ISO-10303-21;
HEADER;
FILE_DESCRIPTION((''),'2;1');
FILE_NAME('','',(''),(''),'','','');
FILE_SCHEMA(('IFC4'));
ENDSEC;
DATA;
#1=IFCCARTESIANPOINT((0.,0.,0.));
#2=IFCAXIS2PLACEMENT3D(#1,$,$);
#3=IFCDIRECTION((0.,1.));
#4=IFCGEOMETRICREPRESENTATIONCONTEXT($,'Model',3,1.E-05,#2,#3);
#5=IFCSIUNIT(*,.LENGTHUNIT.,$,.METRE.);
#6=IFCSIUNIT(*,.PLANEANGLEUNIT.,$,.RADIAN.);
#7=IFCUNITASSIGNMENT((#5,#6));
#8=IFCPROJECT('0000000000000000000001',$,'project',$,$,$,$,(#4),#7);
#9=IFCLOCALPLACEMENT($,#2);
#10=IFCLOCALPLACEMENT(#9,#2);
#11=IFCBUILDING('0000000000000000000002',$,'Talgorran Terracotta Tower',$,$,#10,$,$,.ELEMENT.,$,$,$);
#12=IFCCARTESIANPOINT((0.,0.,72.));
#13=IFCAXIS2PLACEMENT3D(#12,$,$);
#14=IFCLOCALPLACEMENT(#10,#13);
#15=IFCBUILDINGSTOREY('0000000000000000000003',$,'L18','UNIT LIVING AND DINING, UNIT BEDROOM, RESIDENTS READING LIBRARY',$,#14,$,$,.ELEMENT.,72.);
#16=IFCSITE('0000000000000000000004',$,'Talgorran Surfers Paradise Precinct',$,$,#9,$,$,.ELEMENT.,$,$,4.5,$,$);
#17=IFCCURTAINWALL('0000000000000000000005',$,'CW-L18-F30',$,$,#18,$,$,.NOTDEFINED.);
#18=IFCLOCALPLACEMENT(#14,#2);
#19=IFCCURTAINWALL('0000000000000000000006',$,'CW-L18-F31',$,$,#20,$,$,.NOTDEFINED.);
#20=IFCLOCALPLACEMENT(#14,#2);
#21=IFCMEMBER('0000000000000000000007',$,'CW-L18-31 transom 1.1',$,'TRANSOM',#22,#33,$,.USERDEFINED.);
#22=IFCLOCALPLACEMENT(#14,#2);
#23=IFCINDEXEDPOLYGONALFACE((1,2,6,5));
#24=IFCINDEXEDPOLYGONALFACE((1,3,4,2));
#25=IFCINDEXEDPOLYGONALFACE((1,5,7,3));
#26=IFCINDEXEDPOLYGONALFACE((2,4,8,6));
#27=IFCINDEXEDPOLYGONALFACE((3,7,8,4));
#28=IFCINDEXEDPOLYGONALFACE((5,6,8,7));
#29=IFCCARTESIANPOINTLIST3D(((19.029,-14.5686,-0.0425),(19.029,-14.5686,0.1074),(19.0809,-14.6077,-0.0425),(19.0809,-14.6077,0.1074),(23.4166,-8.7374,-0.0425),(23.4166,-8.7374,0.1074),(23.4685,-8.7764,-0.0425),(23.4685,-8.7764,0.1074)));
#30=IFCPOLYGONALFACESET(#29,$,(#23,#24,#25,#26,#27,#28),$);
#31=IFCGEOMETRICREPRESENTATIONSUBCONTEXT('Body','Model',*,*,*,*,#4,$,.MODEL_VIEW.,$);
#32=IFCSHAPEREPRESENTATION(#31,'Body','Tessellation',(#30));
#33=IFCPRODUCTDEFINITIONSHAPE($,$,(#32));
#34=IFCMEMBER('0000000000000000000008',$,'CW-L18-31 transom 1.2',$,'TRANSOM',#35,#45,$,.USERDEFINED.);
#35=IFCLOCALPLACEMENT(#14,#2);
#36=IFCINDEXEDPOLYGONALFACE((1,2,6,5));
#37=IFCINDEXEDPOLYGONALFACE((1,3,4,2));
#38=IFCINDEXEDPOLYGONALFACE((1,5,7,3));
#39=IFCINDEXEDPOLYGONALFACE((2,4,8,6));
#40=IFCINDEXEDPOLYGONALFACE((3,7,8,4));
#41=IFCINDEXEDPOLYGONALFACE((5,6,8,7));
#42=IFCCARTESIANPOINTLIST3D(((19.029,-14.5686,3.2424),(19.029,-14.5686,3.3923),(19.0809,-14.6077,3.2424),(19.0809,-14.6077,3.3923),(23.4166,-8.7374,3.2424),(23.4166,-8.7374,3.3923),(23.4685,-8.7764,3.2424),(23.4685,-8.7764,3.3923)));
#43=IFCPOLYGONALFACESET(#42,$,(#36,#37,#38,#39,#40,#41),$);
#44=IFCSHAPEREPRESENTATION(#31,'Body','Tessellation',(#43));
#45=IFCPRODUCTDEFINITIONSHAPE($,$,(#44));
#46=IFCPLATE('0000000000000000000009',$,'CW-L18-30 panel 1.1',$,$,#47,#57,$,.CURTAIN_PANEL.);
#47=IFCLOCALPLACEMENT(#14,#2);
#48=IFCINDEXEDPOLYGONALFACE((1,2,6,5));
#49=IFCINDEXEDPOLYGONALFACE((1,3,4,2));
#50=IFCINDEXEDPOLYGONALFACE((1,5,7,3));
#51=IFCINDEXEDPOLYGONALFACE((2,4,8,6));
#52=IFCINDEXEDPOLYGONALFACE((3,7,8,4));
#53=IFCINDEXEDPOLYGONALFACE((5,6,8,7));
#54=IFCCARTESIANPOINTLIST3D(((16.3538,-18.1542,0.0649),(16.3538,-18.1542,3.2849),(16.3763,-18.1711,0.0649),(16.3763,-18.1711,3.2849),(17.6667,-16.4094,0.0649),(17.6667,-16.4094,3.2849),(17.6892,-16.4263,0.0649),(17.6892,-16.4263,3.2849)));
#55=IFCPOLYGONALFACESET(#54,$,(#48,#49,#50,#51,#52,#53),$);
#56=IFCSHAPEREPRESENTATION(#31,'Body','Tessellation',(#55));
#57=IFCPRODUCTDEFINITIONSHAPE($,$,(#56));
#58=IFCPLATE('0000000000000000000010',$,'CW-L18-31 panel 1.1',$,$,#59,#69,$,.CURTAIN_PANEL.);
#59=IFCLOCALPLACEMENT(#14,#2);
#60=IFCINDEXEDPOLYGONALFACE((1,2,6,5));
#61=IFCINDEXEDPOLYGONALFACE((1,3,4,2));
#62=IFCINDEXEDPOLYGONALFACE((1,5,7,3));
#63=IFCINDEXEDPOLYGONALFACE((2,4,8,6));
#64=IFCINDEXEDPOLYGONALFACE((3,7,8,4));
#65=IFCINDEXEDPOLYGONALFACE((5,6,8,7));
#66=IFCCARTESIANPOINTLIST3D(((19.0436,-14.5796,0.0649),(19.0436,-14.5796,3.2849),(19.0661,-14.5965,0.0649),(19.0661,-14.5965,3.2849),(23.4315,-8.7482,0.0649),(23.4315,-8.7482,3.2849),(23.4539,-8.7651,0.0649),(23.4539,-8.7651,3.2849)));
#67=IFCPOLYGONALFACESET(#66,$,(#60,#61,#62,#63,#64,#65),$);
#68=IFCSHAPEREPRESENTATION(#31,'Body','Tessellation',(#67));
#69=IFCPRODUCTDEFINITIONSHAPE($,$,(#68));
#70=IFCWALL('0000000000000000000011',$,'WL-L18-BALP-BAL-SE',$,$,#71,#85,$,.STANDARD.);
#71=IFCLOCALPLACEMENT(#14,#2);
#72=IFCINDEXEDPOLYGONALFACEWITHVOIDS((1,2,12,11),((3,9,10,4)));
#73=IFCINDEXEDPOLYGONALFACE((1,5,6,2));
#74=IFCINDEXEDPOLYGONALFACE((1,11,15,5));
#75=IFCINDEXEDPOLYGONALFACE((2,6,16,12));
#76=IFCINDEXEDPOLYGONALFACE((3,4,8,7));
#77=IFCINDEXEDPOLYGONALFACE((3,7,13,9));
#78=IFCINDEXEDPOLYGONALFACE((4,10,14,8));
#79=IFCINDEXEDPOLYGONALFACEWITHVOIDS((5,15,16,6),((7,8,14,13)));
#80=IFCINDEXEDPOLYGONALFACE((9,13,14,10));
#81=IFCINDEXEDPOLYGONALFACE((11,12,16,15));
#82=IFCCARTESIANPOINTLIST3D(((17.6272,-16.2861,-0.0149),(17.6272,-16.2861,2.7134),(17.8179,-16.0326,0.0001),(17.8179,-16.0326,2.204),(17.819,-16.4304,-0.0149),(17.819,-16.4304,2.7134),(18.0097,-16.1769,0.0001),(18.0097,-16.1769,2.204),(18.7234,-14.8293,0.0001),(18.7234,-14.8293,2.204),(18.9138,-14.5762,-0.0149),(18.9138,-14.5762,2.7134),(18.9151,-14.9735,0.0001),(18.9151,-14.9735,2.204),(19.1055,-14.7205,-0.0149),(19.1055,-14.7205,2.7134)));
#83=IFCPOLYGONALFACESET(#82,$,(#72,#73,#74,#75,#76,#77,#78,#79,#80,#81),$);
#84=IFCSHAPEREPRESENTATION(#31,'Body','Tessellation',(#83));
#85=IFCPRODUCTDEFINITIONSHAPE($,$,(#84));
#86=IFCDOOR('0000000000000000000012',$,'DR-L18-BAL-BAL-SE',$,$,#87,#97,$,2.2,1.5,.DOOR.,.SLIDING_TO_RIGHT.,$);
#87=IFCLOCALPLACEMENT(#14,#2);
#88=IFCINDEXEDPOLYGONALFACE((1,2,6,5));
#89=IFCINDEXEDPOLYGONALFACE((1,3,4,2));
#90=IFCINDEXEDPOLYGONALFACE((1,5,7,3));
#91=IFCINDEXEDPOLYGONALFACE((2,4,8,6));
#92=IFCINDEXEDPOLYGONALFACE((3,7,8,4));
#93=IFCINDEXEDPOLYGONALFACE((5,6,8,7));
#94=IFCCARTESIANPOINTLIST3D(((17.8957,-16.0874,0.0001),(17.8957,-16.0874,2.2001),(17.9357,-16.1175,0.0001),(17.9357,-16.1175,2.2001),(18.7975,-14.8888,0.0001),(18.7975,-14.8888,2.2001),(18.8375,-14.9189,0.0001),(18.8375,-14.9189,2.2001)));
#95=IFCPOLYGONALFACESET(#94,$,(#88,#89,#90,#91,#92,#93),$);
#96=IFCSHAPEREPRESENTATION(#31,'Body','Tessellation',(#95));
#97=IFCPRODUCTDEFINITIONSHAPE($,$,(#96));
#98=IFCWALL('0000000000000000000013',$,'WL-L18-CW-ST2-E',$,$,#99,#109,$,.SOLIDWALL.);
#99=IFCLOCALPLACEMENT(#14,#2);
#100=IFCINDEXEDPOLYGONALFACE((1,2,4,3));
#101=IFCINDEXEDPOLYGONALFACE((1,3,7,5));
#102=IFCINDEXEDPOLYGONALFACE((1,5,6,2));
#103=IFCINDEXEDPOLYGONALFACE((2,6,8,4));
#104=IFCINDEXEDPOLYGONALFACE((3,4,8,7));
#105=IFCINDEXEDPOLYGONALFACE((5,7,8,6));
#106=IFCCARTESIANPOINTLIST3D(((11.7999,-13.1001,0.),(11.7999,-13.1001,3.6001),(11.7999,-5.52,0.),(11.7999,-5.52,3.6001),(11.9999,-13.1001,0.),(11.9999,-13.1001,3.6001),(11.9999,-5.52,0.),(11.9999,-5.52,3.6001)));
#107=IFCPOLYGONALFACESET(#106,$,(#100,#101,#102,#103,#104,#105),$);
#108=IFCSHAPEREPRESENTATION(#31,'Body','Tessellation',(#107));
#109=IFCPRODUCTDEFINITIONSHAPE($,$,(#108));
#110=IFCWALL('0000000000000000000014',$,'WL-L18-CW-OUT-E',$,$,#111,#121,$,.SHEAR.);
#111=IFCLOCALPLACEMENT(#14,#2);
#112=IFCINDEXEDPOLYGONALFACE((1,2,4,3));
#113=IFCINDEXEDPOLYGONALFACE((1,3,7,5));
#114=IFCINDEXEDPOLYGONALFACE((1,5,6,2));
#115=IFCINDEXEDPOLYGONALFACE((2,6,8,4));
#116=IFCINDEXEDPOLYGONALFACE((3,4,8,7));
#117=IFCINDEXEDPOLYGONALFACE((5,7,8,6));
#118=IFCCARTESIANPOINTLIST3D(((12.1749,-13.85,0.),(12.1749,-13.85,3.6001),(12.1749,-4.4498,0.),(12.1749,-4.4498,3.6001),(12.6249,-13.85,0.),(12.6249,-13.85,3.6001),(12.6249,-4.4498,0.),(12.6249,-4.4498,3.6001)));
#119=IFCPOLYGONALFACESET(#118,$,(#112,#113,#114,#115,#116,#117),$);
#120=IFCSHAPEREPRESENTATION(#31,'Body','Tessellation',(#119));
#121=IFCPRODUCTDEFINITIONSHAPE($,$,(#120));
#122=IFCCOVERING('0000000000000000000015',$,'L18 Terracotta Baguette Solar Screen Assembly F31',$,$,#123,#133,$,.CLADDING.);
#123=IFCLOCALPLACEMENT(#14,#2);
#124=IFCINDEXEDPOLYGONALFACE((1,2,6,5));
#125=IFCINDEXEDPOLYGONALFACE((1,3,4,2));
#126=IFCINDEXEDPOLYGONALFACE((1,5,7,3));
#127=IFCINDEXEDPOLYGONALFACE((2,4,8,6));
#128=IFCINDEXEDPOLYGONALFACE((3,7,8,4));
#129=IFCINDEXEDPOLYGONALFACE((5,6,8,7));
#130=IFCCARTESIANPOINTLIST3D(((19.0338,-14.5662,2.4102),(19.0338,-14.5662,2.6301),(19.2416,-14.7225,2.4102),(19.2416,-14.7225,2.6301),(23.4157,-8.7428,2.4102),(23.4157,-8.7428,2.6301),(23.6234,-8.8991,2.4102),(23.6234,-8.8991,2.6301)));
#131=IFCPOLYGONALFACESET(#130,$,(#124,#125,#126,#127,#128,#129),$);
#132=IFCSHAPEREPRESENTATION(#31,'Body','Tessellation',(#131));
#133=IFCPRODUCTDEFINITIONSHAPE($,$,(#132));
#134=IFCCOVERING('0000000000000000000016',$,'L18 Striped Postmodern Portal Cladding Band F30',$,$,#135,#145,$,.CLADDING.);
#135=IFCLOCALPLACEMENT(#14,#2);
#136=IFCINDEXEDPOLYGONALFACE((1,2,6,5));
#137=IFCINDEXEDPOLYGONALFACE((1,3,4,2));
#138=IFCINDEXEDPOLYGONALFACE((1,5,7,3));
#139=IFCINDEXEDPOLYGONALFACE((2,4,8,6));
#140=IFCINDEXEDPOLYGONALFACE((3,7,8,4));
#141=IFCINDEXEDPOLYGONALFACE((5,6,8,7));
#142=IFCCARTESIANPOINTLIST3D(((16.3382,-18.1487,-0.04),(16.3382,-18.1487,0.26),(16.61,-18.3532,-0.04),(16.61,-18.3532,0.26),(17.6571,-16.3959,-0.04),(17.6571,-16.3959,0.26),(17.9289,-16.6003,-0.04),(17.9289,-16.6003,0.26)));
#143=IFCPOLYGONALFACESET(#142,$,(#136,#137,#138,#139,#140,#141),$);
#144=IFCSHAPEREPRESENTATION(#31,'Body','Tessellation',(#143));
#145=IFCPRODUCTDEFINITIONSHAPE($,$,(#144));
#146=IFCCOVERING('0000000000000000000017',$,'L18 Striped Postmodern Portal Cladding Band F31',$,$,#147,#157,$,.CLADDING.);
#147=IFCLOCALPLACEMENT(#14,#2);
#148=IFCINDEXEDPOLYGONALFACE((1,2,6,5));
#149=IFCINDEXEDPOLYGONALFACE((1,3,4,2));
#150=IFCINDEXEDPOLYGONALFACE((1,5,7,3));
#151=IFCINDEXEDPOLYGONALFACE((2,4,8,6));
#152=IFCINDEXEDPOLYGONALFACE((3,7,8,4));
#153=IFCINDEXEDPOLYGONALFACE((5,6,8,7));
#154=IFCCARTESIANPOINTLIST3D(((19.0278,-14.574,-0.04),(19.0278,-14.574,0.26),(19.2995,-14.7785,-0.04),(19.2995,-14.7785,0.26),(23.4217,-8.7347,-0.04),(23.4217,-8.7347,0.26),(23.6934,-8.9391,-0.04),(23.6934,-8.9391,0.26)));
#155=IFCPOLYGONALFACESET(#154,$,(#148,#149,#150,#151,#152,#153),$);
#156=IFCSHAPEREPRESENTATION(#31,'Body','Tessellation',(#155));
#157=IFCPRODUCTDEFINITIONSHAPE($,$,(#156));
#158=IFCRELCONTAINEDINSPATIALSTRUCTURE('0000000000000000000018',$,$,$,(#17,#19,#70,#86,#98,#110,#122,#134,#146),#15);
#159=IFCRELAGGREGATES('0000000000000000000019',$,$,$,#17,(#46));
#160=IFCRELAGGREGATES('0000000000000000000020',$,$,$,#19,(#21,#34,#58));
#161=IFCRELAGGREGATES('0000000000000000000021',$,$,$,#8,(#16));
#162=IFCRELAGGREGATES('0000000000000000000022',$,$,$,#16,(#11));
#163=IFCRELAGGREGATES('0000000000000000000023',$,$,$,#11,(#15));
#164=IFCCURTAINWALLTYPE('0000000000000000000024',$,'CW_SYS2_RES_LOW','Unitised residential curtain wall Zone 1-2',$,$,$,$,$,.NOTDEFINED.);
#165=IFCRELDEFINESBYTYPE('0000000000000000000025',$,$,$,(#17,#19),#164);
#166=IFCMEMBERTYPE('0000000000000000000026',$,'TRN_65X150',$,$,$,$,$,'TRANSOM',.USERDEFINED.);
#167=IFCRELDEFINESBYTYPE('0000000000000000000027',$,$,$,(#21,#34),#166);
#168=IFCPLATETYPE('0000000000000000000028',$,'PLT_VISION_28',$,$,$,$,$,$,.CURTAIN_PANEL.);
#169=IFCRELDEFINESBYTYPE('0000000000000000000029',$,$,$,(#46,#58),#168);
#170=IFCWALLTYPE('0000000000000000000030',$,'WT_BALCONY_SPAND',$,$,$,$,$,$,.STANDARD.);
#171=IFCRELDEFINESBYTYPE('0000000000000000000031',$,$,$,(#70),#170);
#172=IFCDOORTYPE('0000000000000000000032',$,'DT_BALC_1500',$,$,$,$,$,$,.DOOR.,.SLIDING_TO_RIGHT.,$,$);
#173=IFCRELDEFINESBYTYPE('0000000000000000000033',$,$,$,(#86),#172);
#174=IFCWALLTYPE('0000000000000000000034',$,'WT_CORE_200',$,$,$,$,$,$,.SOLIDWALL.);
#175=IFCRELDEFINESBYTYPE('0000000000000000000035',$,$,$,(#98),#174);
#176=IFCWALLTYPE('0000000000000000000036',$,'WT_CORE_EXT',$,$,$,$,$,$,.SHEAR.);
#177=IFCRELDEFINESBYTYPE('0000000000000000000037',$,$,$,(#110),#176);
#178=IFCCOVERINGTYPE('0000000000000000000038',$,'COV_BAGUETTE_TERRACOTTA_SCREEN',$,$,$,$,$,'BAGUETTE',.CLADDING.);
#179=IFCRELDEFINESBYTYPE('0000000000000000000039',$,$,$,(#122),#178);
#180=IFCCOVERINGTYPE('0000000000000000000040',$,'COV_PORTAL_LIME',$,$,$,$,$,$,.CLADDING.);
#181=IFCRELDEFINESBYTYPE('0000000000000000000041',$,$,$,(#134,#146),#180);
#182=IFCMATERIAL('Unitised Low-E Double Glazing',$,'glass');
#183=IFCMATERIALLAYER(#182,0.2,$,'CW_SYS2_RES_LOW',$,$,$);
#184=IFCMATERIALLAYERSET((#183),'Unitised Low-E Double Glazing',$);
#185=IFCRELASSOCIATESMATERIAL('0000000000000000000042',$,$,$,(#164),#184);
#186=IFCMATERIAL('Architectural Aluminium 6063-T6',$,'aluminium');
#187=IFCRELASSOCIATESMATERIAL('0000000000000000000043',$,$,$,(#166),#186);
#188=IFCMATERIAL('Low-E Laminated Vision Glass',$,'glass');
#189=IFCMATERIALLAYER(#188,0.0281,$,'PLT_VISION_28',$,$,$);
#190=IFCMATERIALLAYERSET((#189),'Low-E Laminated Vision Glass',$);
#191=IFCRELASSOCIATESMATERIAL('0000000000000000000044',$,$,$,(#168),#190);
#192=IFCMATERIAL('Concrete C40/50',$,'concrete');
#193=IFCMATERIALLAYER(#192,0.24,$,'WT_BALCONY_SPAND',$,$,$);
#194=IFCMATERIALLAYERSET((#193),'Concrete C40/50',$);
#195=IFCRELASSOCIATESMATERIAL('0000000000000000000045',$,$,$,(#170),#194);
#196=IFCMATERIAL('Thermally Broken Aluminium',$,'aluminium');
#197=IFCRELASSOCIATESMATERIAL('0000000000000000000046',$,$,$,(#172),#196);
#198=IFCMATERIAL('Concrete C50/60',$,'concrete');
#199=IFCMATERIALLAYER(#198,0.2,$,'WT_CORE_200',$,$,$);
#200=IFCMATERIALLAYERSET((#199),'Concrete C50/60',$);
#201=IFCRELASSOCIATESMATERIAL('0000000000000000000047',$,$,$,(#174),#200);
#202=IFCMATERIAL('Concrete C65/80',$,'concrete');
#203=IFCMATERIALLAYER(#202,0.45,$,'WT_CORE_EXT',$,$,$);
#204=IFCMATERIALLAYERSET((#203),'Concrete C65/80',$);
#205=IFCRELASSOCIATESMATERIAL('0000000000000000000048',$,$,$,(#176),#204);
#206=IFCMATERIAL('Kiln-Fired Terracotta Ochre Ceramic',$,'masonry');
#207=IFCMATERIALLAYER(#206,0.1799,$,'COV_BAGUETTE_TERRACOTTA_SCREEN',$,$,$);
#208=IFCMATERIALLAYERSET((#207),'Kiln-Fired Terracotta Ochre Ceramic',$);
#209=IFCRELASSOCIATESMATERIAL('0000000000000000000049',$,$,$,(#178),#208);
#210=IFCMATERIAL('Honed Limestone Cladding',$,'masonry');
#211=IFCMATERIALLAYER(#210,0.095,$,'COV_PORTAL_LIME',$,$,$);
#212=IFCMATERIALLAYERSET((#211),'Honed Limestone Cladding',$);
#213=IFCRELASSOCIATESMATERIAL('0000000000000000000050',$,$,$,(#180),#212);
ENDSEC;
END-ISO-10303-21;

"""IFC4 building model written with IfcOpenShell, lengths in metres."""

from ifc_helpers import new_model, si_unit, direction, frame, frame_2d, origin, origin_2d, place, context, subcontext, project, spatial, rectangle, extrude, source, transform, mapped, material, layer, layer_set, material_profile, profile_set, type_object, type_shapes, element, fill, aggregate, save


model = new_model("IFC4")

# Units and contexts
model_context = context("Model", 3, precision=1e-05, world=origin(), true_north=direction((0.0, 1.0)))
body_context = subcontext(model_context, "Body", "Model", "MODEL_VIEW")
ifc_project = project(units=[si_unit("LENGTHUNIT", "METRE"), si_unit("PLANEANGLEUNIT", "RADIAN")], contexts=[model_context])

# Site, building, storey
site_placement = place(None, origin())
site = spatial("IfcSite", under=ifc_project, at=site_placement, Name="Talgorran Surfers Paradise Precinct", CompositionType="ELEMENT", RefElevation=4.5)
building_placement = place(site_placement, origin())
building = spatial("IfcBuilding", under=site, at=building_placement, Name="Talgorran Terracotta Tower", CompositionType="ELEMENT")
storey_placement = place(building_placement, frame((0.0, 0.0, 72.0)))
storey = spatial("IfcBuildingStorey", under=building, at=storey_placement, Name="L18", Description="UNIT LIVING AND DINING, UNIT BEDROOM, RESIDENTS READING LIBRARY", CompositionType="ELEMENT", Elevation=72.0)

# Shared definitions
ifc_material_1 = material(Name="Unitised Low-E Double Glazing", Category="glass")
ifc_layer_1 = layer(ifc_material_1, 0.2, Name="CW_SYS2_RES_LOW")
ifc_layer_set_1 = layer_set([ifc_layer_1], Name="Unitised Low-E Double Glazing")
curtain_wall_type = type_object("IfcCurtainWallType", Name="CW_SYS2_RES_LOW", Description="Unitised residential curtain wall Zone 1-2", PredefinedType="NOTDEFINED", material=ifc_layer_set_1)
ifc_material_2 = material(Name="Architectural Aluminium 6063-T6", Category="aluminium")

# Curtain wall
curtain_wall_1_placement = place(storey_placement, origin())
curtain_wall_1 = element("IfcCurtainWall", 1, at=curtain_wall_1_placement, inside=storey, type_object=curtain_wall_type, Name="CW-L18-F30", PredefinedType="NOTDEFINED")

# Curtain wall
curtain_wall_2_placement = place(storey_placement, origin())
curtain_wall_2 = element("IfcCurtainWall", 2, at=curtain_wall_2_placement, inside=storey, type_object=curtain_wall_type, Name="CW-L18-F31", PredefinedType="NOTDEFINED")

# Members
ifc_material_profile_1 = material_profile(ifc_material_2, rectangle(XDim=0.0649, YDim=0.1499, at=origin_2d()), Name="CWT65X150")
ifc_profile_set_1 = profile_set([ifc_material_profile_1], Name="Architectural Aluminium 6063-T6")
member_type_1 = type_object("IfcMemberType", Name="TRN_65X150", ElementType="TRANSOM", PredefinedType="USERDEFINED", material=ifc_profile_set_1)
member_1_placement = place(storey_placement, frame((19.0549, -14.5881, 0.0325), z_axis=(0.601246, 0.799064, 0.0), x_axis=(-0.799064, 0.601246, 0.0)))
member_1 = element("IfcMember", 3, at=member_1_placement, type_object=member_type_1, Name="CW-L18-31 transom 1.1", ObjectType="TRANSOM", PredefinedType="USERDEFINED", context=body_context, shape_type="SweptSolid", body=[
    extrude(rectangle(XDim=0.0649, YDim=0.1499, at=origin_2d()), origin(), (0.0, 0.0, 1.0), 7.2976),
])
member_2_placement = place(storey_placement, frame((19.0549, -14.5881, 3.3174), z_axis=(0.601246, 0.799064, 0.0), x_axis=(-0.799064, 0.601246, 0.0)))
member_2 = element("IfcMember", 4, at=member_2_placement, type_object=member_type_1, Name="CW-L18-31 transom 1.2", ObjectType="TRANSOM", PredefinedType="USERDEFINED", context=body_context, shape_type="SweptSolid", body=[
    extrude(rectangle(XDim=0.0649, YDim=0.1499, at=origin_2d()), origin(), (0.0, 0.0, 1.0), 7.2976),
])

# Plates
ifc_material_3 = material(Name="Low-E Laminated Vision Glass", Category="glass")
ifc_layer_2 = layer(ifc_material_3, 0.0281, Name="PLT_VISION_28")
ifc_layer_set_2 = layer_set([ifc_layer_2], Name="Low-E Laminated Vision Glass")
plate_type = type_object("IfcPlateType", Name="PLT_VISION_28", PredefinedType="CURTAIN_PANEL", material=ifc_layer_set_2)
shared_shape_1 = source(origin(), body_context, "Body", "SweptSolid", [
    extrude(rectangle(XDim=2.1836, YDim=0.0281, at=origin_2d()), origin(), (0.0, 0.0, 1.0), 3.22),
])
plate_1_placement = place(storey_placement, frame((17.0215, -17.2903, 0.0649), z_axis=(0.0, 0.0, 1.0), x_axis=(0.601258, 0.799055, 0.0)))
plate_1 = element("IfcPlate", 5, at=plate_1_placement, type_object=plate_type, Name="CW-L18-30 panel 1.1", PredefinedType="CURTAIN_PANEL", context=body_context, shape_type="MappedRepresentation", body=[
    mapped(shared_shape_1, transform((0.0, 0.0, 0.0), scale=1.0)),
])
aggregate(curtain_wall_1, [plate_1])
shared_shape_2 = source(origin(), body_context, "Body", "SweptSolid", [
    extrude(rectangle(XDim=7.2979, YDim=0.0281, at=origin_2d()), origin(), (0.0, 0.0, 1.0), 3.22),
])
type_shapes(plate_type, [shared_shape_1, shared_shape_2])
plate_2_placement = place(storey_placement, frame((21.2488, -11.6724, 0.0649), z_axis=(0.0, 0.0, 1.0), x_axis=(0.601251, 0.79906, 0.0)))
plate_2 = element("IfcPlate", 6, at=plate_2_placement, type_object=plate_type, Name="CW-L18-31 panel 1.1", PredefinedType="CURTAIN_PANEL", context=body_context, shape_type="MappedRepresentation", body=[
    mapped(shared_shape_2, transform((0.0, 0.0, 0.0), scale=1.0)),
])
aggregate(curtain_wall_2, [member_1, member_2, plate_2])

# Wall, opening, door
ifc_material_4 = material(Name="Concrete C40/50", Category="concrete")
ifc_layer_3 = layer(ifc_material_4, 0.24, Name="WT_BALCONY_SPAND")
ifc_layer_set_3 = layer_set([ifc_layer_3], Name="Concrete C40/50")
wall_type_1 = type_object("IfcWallType", Name="WT_BALCONY_SPAND", PredefinedType="STANDARD", material=ifc_layer_set_3)
wall_1_placement = place(storey_placement, frame((17.7231, -16.3582, -0.0149), z_axis=(0.0, 0.0, 1.0), x_axis=(0.601241, 0.799068, 0.0)))
wall_1 = element("IfcWall", 7, at=wall_1_placement, inside=storey, type_object=wall_type_1, Name="WL-L18-BALP-BAL-SE", PredefinedType="STANDARD", context=body_context, shape_type="SweptSolid", body=[
    extrude(rectangle(XDim=2.1399, YDim=0.24, at=frame_2d((1.0698, 0.0))), origin(), (0.0, 0.0, 1.0), 2.7283),
])
opening_placement = place(wall_1_placement, frame((0.3201, 0.0, 0.0149)))
opening = element("IfcOpeningElement", 8, at=opening_placement, cuts=wall_1, PredefinedType="OPENING", context=body_context, shape_type="SweptSolid", body=[
    extrude(rectangle(XDim=1.506, YDim=2.204, at=frame_2d((0.75, 1.1021))), frame((0.0, 0.1299, 0.0), z_axis=(0.0, -1.0, 0.0), x_axis=(1.0, 0.0, 0.0)), (0.0, 0.0, 1.0), 0.26),
])
ifc_material_5 = material(Name="Thermally Broken Aluminium", Category="aluminium")
door_type = type_object("IfcDoorType", Name="DT_BALC_1500", OperationType="SLIDING_TO_RIGHT", PredefinedType="DOOR", material=ifc_material_5)
door_placement = place(opening_placement, origin())
door = element("IfcDoor", 9, at=door_placement, inside=storey, type_object=door_type, Name="DR-L18-BAL-BAL-SE", OperationType="SLIDING_TO_RIGHT", OverallHeight=2.2, OverallWidth=1.5, PredefinedType="DOOR", context=body_context, shape_type="SweptSolid", body=[
    extrude(rectangle(XDim=1.5, YDim=2.2, at=frame_2d((0.75, 1.1001))), frame((0.0, 0.0249, 0.0), z_axis=(0.0, -1.0, 0.0), x_axis=(1.0, 0.0, 0.0)), (0.0, 0.0, 1.0), 0.05),
])
fill(opening, door)

# Walls
ifc_material_6 = material(Name="Concrete C50/60", Category="concrete")
ifc_layer_4 = layer(ifc_material_6, 0.2, Name="WT_CORE_200")
ifc_layer_set_4 = layer_set([ifc_layer_4], Name="Concrete C50/60")
wall_type_2 = type_object("IfcWallType", Name="WT_CORE_200", PredefinedType="SOLIDWALL", material=ifc_layer_set_4)
wall_2_placement = place(storey_placement, frame((11.8999, -13.1001, 0.0), z_axis=(0.0, 0.0, 1.0), x_axis=(0.0, 1.0, 0.0)))
element("IfcWall", 10, at=wall_2_placement, inside=storey, type_object=wall_type_2, Name="WL-L18-CW-ST2-E", PredefinedType="SOLIDWALL", context=body_context, shape_type="SweptSolid", body=[
    extrude(rectangle(XDim=7.5801, YDim=0.2, at=frame_2d((3.79, 0.0))), origin(), (0.0, 0.0, 1.0), 3.6001),
])
ifc_material_7 = material(Name="Concrete C65/80", Category="concrete")
ifc_layer_5 = layer(ifc_material_7, 0.45, Name="WT_CORE_EXT")
ifc_layer_set_5 = layer_set([ifc_layer_5], Name="Concrete C65/80")
wall_type_3 = type_object("IfcWallType", Name="WT_CORE_EXT", PredefinedType="SHEAR", material=ifc_layer_set_5)
wall_3_placement = place(storey_placement, frame((12.3999, -13.8501, 0.0), z_axis=(0.0, 0.0, 1.0), x_axis=(0.0, 1.0, 0.0)))
element("IfcWall", 11, at=wall_3_placement, inside=storey, type_object=wall_type_3, Name="WL-L18-CW-OUT-E", PredefinedType="SHEAR", context=body_context, shape_type="SweptSolid", body=[
    extrude(rectangle(XDim=9.4001, YDim=0.45, at=frame_2d((4.7002, 0.0))), origin(), (0.0, 0.0, 1.0), 3.6001),
])

# Coverings
ifc_material_8 = material(Name="Kiln-Fired Terracotta Ochre Ceramic", Category="masonry")
ifc_layer_6 = layer(ifc_material_8, 0.1799, Name="COV_BAGUETTE_TERRACOTTA_SCREEN")
ifc_layer_set_6 = layer_set([ifc_layer_6], Name="Kiln-Fired Terracotta Ochre Ceramic")
covering_type_1 = type_object("IfcCoveringType", Name="COV_BAGUETTE_TERRACOTTA_SCREEN", ElementType="BAGUETTE", PredefinedType="CLADDING", material=ifc_layer_set_6)
covering_1_placement = place(storey_placement, frame((21.3286, -11.7327, 2.4102), z_axis=(0.0, 0.0, 1.0), x_axis=(0.601257, 0.799055, 0.0)))
element("IfcCovering", 12, at=covering_1_placement, inside=storey, type_object=covering_type_1, Name="L18 Terracotta Baguette Solar Screen Assembly F31", PredefinedType="CLADDING", context=body_context, shape_type="SweptSolid", body=[
    extrude(rectangle(XDim=7.2878, YDim=0.26, at=origin_2d()), origin(), (0.0, 0.0, 1.0), 0.22),
])
ifc_material_9 = material(Name="Honed Limestone Cladding", Category="masonry")
ifc_layer_7 = layer(ifc_material_9, 0.095, Name="COV_PORTAL_LIME")
ifc_layer_set_7 = layer_set([ifc_layer_7], Name="Honed Limestone Cladding")
covering_type_2 = type_object("IfcCoveringType", Name="COV_PORTAL_LIME", PredefinedType="CLADDING", material=ifc_layer_set_7)
covering_2_placement = place(storey_placement, frame((17.1335, -17.3745, -0.04), z_axis=(0.0, 0.0, 1.0), x_axis=(0.601257, 0.799055, 0.0)))
element("IfcCovering", 13, at=covering_2_placement, inside=storey, type_object=covering_type_2, Name="L18 Striped Postmodern Portal Cladding Band F30", PredefinedType="CLADDING", context=body_context, shape_type="SweptSolid", body=[
    extrude(rectangle(XDim=2.1936, YDim=0.3401, at=origin_2d()), origin(), (0.0, 0.0, 1.0), 0.3),
])
covering_3_placement = place(storey_placement, frame((21.3606, -11.7566, -0.04), z_axis=(0.0, 0.0, 1.0), x_axis=(0.601257, 0.799055, 0.0)))
element("IfcCovering", 14, at=covering_3_placement, inside=storey, type_object=covering_type_2, Name="L18 Striped Postmodern Portal Cladding Band F31", PredefinedType="CLADDING", context=body_context, shape_type="SweptSolid", body=[
    extrude(rectangle(XDim=7.3079, YDim=0.3401, at=origin_2d()), origin(), (0.0, 0.0, 1.0), 0.3),
])

save(model, "model.ifc")
